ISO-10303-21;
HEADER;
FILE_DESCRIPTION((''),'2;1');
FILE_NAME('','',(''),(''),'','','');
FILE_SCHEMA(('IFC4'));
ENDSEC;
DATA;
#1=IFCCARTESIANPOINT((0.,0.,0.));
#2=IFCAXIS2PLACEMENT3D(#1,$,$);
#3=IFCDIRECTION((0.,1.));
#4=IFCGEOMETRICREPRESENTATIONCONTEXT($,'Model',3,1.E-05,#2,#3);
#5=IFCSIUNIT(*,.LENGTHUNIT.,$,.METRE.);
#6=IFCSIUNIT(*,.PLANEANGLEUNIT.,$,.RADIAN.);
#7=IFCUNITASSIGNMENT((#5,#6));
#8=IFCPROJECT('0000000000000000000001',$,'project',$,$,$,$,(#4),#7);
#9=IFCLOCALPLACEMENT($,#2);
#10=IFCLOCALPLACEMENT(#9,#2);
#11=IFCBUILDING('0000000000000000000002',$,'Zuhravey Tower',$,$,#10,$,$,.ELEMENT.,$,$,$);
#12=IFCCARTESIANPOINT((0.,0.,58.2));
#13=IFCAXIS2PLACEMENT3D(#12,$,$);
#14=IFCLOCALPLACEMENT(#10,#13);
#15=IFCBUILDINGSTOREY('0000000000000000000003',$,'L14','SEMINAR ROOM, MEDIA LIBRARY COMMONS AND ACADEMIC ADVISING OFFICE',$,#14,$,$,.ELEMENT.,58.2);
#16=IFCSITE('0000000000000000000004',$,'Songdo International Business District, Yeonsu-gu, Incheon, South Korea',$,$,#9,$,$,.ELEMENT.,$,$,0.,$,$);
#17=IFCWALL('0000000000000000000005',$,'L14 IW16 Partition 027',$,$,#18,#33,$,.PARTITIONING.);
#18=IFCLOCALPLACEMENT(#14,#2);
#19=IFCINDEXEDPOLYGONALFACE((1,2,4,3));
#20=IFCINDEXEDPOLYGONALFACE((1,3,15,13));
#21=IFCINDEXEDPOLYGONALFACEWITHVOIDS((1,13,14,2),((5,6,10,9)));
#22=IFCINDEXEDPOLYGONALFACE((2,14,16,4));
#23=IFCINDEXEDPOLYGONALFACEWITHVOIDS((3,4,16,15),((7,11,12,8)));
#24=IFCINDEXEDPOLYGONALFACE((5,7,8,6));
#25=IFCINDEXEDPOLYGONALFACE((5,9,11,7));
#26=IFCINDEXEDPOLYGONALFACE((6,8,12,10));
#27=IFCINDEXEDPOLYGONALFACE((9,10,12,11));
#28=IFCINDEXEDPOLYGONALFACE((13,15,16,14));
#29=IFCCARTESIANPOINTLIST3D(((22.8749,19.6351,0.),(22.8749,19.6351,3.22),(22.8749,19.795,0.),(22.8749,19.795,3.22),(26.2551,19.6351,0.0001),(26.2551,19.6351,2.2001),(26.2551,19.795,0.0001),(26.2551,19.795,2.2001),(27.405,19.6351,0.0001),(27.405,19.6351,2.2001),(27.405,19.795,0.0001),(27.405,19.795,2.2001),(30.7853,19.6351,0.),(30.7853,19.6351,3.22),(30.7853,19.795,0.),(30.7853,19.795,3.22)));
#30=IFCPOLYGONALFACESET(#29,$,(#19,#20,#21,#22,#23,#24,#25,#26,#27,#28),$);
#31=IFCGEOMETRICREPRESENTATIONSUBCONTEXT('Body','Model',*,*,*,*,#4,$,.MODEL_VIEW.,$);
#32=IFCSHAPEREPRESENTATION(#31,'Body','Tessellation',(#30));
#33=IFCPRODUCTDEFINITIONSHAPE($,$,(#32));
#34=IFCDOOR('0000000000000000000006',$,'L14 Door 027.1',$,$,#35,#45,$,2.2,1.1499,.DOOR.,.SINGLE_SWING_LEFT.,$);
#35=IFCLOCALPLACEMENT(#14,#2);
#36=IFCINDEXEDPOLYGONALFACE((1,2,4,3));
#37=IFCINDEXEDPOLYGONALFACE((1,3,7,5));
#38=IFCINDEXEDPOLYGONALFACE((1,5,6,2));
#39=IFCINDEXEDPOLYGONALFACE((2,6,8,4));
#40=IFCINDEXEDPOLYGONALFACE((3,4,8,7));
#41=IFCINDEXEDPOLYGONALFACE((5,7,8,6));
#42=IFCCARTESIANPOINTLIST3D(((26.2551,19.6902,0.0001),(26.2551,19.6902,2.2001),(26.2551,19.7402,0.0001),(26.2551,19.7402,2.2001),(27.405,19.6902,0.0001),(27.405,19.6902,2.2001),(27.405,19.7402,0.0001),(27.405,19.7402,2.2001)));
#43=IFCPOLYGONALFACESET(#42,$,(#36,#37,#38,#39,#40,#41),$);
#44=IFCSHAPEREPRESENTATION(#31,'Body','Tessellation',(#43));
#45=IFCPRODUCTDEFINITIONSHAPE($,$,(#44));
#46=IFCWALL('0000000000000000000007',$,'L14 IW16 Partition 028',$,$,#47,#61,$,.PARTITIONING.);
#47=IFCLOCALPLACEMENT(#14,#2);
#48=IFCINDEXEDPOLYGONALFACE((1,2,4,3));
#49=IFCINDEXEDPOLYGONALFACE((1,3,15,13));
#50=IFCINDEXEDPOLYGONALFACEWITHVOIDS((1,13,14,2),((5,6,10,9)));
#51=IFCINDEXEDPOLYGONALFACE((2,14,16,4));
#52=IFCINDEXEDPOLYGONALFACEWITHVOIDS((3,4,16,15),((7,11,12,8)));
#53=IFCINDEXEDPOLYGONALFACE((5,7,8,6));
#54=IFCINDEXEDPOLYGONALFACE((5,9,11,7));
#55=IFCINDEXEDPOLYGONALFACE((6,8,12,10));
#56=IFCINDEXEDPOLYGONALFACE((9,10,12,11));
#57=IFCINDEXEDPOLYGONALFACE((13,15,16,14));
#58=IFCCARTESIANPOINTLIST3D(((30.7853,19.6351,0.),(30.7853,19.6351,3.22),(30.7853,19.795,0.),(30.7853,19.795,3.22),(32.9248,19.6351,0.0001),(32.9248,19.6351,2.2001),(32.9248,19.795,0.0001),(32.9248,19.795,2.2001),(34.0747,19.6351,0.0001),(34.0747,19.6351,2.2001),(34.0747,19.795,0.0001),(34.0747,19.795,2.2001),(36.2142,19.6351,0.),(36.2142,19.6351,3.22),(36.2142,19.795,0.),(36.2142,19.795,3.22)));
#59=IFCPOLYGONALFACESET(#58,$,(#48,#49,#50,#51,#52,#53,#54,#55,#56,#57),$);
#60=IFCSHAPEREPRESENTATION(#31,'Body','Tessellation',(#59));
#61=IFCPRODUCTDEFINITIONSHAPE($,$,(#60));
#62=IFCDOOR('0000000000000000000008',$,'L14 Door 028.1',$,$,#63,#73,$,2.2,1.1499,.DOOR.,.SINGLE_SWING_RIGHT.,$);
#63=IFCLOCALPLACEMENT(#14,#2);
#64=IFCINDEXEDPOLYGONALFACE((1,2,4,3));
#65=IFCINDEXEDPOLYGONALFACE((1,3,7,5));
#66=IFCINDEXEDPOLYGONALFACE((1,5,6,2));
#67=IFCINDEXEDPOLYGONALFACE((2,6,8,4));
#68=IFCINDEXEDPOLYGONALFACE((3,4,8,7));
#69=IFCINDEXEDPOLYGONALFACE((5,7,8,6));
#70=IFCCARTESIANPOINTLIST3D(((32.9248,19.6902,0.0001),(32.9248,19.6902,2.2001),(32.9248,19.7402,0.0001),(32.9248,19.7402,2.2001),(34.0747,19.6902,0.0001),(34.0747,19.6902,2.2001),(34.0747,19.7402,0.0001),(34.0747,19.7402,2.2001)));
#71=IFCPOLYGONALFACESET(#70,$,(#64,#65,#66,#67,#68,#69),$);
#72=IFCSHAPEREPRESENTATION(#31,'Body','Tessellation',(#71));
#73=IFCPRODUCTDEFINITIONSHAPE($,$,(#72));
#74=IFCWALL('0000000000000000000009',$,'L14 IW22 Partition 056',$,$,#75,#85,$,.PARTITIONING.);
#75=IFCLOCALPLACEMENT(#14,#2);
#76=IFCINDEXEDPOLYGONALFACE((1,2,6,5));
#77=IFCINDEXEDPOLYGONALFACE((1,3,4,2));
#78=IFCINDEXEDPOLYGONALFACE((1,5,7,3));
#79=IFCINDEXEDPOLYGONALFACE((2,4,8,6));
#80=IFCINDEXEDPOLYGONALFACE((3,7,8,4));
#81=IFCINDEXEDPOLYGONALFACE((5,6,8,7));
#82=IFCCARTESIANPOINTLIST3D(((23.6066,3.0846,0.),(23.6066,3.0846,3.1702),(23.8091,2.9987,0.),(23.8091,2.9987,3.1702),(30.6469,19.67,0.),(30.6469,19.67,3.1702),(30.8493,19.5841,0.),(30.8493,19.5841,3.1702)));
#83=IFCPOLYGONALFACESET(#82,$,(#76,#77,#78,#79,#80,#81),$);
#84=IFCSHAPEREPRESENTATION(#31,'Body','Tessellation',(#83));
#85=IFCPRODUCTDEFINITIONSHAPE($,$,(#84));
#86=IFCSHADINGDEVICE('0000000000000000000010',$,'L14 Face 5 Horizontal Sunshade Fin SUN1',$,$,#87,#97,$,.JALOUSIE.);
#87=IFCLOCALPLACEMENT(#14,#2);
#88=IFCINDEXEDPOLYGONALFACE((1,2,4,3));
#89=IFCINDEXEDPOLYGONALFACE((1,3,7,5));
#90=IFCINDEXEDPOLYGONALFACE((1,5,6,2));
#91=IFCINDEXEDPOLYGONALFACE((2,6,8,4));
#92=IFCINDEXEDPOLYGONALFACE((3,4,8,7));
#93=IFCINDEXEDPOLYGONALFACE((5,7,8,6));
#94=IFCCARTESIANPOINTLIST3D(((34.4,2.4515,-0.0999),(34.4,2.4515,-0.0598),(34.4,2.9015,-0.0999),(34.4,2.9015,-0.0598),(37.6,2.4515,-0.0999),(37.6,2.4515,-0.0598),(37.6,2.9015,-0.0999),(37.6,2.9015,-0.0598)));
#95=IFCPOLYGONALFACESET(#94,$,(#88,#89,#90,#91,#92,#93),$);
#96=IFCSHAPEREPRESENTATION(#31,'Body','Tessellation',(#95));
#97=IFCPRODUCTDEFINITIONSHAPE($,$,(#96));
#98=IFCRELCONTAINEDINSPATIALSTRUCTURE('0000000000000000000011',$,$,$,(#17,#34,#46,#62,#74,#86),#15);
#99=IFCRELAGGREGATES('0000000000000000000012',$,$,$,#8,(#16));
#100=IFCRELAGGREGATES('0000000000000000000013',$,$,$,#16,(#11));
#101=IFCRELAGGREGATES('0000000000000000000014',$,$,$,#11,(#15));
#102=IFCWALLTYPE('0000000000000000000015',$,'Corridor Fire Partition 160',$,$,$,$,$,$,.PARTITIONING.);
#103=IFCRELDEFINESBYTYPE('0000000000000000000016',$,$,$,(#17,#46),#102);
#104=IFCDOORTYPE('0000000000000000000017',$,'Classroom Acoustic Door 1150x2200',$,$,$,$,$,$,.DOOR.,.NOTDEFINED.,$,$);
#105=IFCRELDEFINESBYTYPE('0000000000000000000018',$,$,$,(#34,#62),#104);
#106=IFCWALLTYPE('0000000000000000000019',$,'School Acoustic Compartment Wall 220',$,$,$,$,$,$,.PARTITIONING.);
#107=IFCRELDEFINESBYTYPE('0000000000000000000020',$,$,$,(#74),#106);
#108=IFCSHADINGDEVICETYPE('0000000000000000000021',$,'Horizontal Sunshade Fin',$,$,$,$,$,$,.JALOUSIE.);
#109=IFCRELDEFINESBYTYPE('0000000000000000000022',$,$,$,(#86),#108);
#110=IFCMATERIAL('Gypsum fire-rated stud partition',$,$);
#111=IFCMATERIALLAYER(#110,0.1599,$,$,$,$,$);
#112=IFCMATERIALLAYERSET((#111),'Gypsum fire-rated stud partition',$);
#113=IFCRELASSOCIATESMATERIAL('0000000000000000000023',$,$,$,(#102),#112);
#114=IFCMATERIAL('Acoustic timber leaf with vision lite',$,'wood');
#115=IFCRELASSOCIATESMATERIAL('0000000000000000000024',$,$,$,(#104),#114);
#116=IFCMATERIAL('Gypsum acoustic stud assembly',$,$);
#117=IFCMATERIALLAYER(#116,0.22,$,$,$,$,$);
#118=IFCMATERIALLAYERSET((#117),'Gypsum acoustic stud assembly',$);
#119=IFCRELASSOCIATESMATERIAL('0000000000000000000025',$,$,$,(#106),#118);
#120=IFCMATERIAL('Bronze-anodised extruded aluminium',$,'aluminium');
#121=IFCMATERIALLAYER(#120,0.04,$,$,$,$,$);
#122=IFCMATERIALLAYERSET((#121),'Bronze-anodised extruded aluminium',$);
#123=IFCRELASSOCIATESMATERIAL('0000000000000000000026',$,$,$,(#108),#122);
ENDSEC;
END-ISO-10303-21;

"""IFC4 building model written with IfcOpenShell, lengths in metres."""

from ifc_helpers import new_model, si_unit, direction, frame, frame_2d, origin, origin_2d, place, context, subcontext, project, spatial, rectangle, extrude, material, layer, layer_set, type_object, element, fill, save


model = new_model("IFC4")

# Units and contexts
model_context = context("Model", 3, precision=1e-05, world=origin(), true_north=direction((0.0, 1.0)))
body_context = subcontext(model_context, "Body", "Model", "MODEL_VIEW")
ifc_project = project(units=[si_unit("LENGTHUNIT", "METRE"), si_unit("PLANEANGLEUNIT", "RADIAN")], contexts=[model_context])

# Site, building, storey
site_placement = place(None, origin())
site = spatial("IfcSite", under=ifc_project, at=site_placement, Name="Songdo International Business District, Yeonsu-gu, Incheon, South Korea", CompositionType="ELEMENT", RefElevation=0.0)
building_placement = place(site_placement, origin())
building = spatial("IfcBuilding", under=site, at=building_placement, Name="Zuhravey Tower", CompositionType="ELEMENT")
storey_placement = place(building_placement, frame((0.0, 0.0, 58.2)))
storey = spatial("IfcBuildingStorey", under=building, at=storey_placement, Name="L14", Description="SEMINAR ROOM, MEDIA LIBRARY COMMONS AND ACADEMIC ADVISING OFFICE", CompositionType="ELEMENT", Elevation=58.2)

# Walls, openings, doors
ifc_material_1 = material(Name="Gypsum fire-rated stud partition")
ifc_layer_1 = layer(ifc_material_1, 0.1599)
ifc_layer_set_1 = layer_set([ifc_layer_1], Name="Gypsum fire-rated stud partition")
wall_type_1 = type_object("IfcWallType", Name="Corridor Fire Partition 160", PredefinedType="PARTITIONING", material=ifc_layer_set_1)
wall_1_placement = place(storey_placement, frame((22.875, 19.7151, 0.0), z_axis=(0.0, 0.0, 1.0), x_axis=(1.0, 0.0, 0.0)))
wall_1 = element("IfcWall", 1, at=wall_1_placement, inside=storey, type_object=wall_type_1, Name="L14 IW16 Partition 027", PredefinedType="PARTITIONING", context=body_context, shape_type="SweptSolid", body=[
    extrude(rectangle(XDim=7.9104, YDim=0.1599, at=frame_2d((3.9551, 0.0))), origin(), (0.0, 0.0, 1.0), 3.22),
])
opening_1_placement = place(wall_1_placement, frame((3.3801, 0.0, 0.0)))
opening_1 = element("IfcOpeningElement", 2, at=opening_1_placement, cuts=wall_1, PredefinedType="OPENING", context=body_context, shape_type="SweptSolid", body=[
    extrude(rectangle(XDim=1.1499, YDim=2.2, at=frame_2d((0.575, 1.1001))), frame((0.0, 0.092, 0.0), z_axis=(0.0, -1.0, 0.0), x_axis=(1.0, 0.0, 0.0)), (0.0, 0.0, 1.0), 0.1838),
])
ifc_material_2 = material(Name="Acoustic timber leaf with vision lite", Category="wood")
door_type = type_object("IfcDoorType", Name="Classroom Acoustic Door 1150x2200", OperationType="NOTDEFINED", PredefinedType="DOOR", material=ifc_material_2)
door_1_placement = place(opening_1_placement, frame((1.1499, 0.0, 0.0), z_axis=(0.0, 0.0, 1.0), x_axis=(-1.0, 0.0, 0.0)))
door_1 = element("IfcDoor", 3, at=door_1_placement, inside=storey, type_object=door_type, Name="L14 Door 027.1", OperationType="SINGLE_SWING_LEFT", OverallHeight=2.2, OverallWidth=1.1499, PredefinedType="DOOR", context=body_context, shape_type="SweptSolid", body=[
    extrude(rectangle(XDim=1.1499, YDim=2.2, at=frame_2d((0.575, 1.1001))), frame((0.0, 0.0249, 0.0), z_axis=(0.0, -1.0, 0.0), x_axis=(1.0, 0.0, 0.0)), (0.0, 0.0, 1.0), 0.05),
])
fill(opening_1, door_1)
wall_2_placement = place(storey_placement, frame((30.7854, 19.7151, 0.0), z_axis=(0.0, 0.0, 1.0), x_axis=(1.0, 0.0, 0.0)))
wall_2 = element("IfcWall", 4, at=wall_2_placement, inside=storey, type_object=wall_type_1, Name="L14 IW16 Partition 028", PredefinedType="PARTITIONING", context=body_context, shape_type="SweptSolid", body=[
    extrude(rectangle(XDim=5.429, YDim=0.1599, at=frame_2d((2.7144, 0.0))), origin(), (0.0, 0.0, 1.0), 3.22),
])
opening_2_placement = place(wall_2_placement, frame((2.1394, 0.0, 0.0)))
opening_2 = element("IfcOpeningElement", 5, at=opening_2_placement, cuts=wall_2, PredefinedType="OPENING", context=body_context, shape_type="SweptSolid", body=[
    extrude(rectangle(XDim=1.1499, YDim=2.2, at=frame_2d((0.575, 1.1001))), frame((0.0, 0.092, 0.0), z_axis=(0.0, -1.0, 0.0), x_axis=(1.0, 0.0, 0.0)), (0.0, 0.0, 1.0), 0.1838),
])
door_2_placement = place(opening_2_placement, frame((1.1499, 0.0, 0.0), z_axis=(0.0, 0.0, 1.0), x_axis=(-1.0, 0.0, 0.0)))
door_2 = element("IfcDoor", 6, at=door_2_placement, inside=storey, type_object=door_type, Name="L14 Door 028.1", OperationType="SINGLE_SWING_RIGHT", OverallHeight=2.2, OverallWidth=1.1499, PredefinedType="DOOR", context=body_context, shape_type="SweptSolid", body=[
    extrude(rectangle(XDim=1.1499, YDim=2.2, at=frame_2d((0.575, 1.1001))), frame((0.0, 0.0249, 0.0), z_axis=(0.0, -1.0, 0.0), x_axis=(1.0, 0.0, 0.0)), (0.0, 0.0, 1.0), 0.05),
])
fill(opening_2, door_2)

# Wall
ifc_material_3 = material(Name="Gypsum acoustic stud assembly")
ifc_layer_2 = layer(ifc_material_3, 0.22)
ifc_layer_set_2 = layer_set([ifc_layer_2], Name="Gypsum acoustic stud assembly")
wall_type_2 = type_object("IfcWallType", Name="School Acoustic Compartment Wall 220", PredefinedType="PARTITIONING", material=ifc_layer_set_2)
wall_3_placement = place(storey_placement, frame((30.748, 19.627, 0.0), z_axis=(0.0, 0.0, 1.0), x_axis=(-0.390739, -0.920501, 0.0)))
element("IfcWall", 7, at=wall_3_placement, inside=storey, type_object=wall_type_2, Name="L14 IW22 Partition 056", PredefinedType="PARTITIONING", context=body_context, shape_type="SweptSolid", body=[
    extrude(rectangle(XDim=18.0178, YDim=0.22, at=frame_2d((9.0088, 0.0))), origin(), (0.0, 0.0, 1.0), 3.1702),
])

# Shading device
ifc_material_4 = material(Name="Bronze-anodised extruded aluminium", Category="aluminium")
ifc_layer_3 = layer(ifc_material_4, 0.04)
ifc_layer_set_3 = layer_set([ifc_layer_3], Name="Bronze-anodised extruded aluminium")
shading_device_type = type_object("IfcShadingDeviceType", Name="Horizontal Sunshade Fin", PredefinedType="JALOUSIE", material=ifc_layer_set_3)
shading_device_placement = place(storey_placement, frame((36.0, 2.6765, -0.0999), z_axis=(0.0, 0.0, 1.0), x_axis=(-1.0, 0.0, 0.0)))
element("IfcShadingDevice", 8, at=shading_device_placement, inside=storey, type_object=shading_device_type, Name="L14 Face 5 Horizontal Sunshade Fin SUN1", PredefinedType="JALOUSIE", context=body_context, shape_type="SweptSolid", body=[
    extrude(rectangle(XDim=3.2, YDim=0.45, at=origin_2d()), origin(), (0.0, 0.0, 1.0), 0.04),
])

save(model, "model.ifc")
